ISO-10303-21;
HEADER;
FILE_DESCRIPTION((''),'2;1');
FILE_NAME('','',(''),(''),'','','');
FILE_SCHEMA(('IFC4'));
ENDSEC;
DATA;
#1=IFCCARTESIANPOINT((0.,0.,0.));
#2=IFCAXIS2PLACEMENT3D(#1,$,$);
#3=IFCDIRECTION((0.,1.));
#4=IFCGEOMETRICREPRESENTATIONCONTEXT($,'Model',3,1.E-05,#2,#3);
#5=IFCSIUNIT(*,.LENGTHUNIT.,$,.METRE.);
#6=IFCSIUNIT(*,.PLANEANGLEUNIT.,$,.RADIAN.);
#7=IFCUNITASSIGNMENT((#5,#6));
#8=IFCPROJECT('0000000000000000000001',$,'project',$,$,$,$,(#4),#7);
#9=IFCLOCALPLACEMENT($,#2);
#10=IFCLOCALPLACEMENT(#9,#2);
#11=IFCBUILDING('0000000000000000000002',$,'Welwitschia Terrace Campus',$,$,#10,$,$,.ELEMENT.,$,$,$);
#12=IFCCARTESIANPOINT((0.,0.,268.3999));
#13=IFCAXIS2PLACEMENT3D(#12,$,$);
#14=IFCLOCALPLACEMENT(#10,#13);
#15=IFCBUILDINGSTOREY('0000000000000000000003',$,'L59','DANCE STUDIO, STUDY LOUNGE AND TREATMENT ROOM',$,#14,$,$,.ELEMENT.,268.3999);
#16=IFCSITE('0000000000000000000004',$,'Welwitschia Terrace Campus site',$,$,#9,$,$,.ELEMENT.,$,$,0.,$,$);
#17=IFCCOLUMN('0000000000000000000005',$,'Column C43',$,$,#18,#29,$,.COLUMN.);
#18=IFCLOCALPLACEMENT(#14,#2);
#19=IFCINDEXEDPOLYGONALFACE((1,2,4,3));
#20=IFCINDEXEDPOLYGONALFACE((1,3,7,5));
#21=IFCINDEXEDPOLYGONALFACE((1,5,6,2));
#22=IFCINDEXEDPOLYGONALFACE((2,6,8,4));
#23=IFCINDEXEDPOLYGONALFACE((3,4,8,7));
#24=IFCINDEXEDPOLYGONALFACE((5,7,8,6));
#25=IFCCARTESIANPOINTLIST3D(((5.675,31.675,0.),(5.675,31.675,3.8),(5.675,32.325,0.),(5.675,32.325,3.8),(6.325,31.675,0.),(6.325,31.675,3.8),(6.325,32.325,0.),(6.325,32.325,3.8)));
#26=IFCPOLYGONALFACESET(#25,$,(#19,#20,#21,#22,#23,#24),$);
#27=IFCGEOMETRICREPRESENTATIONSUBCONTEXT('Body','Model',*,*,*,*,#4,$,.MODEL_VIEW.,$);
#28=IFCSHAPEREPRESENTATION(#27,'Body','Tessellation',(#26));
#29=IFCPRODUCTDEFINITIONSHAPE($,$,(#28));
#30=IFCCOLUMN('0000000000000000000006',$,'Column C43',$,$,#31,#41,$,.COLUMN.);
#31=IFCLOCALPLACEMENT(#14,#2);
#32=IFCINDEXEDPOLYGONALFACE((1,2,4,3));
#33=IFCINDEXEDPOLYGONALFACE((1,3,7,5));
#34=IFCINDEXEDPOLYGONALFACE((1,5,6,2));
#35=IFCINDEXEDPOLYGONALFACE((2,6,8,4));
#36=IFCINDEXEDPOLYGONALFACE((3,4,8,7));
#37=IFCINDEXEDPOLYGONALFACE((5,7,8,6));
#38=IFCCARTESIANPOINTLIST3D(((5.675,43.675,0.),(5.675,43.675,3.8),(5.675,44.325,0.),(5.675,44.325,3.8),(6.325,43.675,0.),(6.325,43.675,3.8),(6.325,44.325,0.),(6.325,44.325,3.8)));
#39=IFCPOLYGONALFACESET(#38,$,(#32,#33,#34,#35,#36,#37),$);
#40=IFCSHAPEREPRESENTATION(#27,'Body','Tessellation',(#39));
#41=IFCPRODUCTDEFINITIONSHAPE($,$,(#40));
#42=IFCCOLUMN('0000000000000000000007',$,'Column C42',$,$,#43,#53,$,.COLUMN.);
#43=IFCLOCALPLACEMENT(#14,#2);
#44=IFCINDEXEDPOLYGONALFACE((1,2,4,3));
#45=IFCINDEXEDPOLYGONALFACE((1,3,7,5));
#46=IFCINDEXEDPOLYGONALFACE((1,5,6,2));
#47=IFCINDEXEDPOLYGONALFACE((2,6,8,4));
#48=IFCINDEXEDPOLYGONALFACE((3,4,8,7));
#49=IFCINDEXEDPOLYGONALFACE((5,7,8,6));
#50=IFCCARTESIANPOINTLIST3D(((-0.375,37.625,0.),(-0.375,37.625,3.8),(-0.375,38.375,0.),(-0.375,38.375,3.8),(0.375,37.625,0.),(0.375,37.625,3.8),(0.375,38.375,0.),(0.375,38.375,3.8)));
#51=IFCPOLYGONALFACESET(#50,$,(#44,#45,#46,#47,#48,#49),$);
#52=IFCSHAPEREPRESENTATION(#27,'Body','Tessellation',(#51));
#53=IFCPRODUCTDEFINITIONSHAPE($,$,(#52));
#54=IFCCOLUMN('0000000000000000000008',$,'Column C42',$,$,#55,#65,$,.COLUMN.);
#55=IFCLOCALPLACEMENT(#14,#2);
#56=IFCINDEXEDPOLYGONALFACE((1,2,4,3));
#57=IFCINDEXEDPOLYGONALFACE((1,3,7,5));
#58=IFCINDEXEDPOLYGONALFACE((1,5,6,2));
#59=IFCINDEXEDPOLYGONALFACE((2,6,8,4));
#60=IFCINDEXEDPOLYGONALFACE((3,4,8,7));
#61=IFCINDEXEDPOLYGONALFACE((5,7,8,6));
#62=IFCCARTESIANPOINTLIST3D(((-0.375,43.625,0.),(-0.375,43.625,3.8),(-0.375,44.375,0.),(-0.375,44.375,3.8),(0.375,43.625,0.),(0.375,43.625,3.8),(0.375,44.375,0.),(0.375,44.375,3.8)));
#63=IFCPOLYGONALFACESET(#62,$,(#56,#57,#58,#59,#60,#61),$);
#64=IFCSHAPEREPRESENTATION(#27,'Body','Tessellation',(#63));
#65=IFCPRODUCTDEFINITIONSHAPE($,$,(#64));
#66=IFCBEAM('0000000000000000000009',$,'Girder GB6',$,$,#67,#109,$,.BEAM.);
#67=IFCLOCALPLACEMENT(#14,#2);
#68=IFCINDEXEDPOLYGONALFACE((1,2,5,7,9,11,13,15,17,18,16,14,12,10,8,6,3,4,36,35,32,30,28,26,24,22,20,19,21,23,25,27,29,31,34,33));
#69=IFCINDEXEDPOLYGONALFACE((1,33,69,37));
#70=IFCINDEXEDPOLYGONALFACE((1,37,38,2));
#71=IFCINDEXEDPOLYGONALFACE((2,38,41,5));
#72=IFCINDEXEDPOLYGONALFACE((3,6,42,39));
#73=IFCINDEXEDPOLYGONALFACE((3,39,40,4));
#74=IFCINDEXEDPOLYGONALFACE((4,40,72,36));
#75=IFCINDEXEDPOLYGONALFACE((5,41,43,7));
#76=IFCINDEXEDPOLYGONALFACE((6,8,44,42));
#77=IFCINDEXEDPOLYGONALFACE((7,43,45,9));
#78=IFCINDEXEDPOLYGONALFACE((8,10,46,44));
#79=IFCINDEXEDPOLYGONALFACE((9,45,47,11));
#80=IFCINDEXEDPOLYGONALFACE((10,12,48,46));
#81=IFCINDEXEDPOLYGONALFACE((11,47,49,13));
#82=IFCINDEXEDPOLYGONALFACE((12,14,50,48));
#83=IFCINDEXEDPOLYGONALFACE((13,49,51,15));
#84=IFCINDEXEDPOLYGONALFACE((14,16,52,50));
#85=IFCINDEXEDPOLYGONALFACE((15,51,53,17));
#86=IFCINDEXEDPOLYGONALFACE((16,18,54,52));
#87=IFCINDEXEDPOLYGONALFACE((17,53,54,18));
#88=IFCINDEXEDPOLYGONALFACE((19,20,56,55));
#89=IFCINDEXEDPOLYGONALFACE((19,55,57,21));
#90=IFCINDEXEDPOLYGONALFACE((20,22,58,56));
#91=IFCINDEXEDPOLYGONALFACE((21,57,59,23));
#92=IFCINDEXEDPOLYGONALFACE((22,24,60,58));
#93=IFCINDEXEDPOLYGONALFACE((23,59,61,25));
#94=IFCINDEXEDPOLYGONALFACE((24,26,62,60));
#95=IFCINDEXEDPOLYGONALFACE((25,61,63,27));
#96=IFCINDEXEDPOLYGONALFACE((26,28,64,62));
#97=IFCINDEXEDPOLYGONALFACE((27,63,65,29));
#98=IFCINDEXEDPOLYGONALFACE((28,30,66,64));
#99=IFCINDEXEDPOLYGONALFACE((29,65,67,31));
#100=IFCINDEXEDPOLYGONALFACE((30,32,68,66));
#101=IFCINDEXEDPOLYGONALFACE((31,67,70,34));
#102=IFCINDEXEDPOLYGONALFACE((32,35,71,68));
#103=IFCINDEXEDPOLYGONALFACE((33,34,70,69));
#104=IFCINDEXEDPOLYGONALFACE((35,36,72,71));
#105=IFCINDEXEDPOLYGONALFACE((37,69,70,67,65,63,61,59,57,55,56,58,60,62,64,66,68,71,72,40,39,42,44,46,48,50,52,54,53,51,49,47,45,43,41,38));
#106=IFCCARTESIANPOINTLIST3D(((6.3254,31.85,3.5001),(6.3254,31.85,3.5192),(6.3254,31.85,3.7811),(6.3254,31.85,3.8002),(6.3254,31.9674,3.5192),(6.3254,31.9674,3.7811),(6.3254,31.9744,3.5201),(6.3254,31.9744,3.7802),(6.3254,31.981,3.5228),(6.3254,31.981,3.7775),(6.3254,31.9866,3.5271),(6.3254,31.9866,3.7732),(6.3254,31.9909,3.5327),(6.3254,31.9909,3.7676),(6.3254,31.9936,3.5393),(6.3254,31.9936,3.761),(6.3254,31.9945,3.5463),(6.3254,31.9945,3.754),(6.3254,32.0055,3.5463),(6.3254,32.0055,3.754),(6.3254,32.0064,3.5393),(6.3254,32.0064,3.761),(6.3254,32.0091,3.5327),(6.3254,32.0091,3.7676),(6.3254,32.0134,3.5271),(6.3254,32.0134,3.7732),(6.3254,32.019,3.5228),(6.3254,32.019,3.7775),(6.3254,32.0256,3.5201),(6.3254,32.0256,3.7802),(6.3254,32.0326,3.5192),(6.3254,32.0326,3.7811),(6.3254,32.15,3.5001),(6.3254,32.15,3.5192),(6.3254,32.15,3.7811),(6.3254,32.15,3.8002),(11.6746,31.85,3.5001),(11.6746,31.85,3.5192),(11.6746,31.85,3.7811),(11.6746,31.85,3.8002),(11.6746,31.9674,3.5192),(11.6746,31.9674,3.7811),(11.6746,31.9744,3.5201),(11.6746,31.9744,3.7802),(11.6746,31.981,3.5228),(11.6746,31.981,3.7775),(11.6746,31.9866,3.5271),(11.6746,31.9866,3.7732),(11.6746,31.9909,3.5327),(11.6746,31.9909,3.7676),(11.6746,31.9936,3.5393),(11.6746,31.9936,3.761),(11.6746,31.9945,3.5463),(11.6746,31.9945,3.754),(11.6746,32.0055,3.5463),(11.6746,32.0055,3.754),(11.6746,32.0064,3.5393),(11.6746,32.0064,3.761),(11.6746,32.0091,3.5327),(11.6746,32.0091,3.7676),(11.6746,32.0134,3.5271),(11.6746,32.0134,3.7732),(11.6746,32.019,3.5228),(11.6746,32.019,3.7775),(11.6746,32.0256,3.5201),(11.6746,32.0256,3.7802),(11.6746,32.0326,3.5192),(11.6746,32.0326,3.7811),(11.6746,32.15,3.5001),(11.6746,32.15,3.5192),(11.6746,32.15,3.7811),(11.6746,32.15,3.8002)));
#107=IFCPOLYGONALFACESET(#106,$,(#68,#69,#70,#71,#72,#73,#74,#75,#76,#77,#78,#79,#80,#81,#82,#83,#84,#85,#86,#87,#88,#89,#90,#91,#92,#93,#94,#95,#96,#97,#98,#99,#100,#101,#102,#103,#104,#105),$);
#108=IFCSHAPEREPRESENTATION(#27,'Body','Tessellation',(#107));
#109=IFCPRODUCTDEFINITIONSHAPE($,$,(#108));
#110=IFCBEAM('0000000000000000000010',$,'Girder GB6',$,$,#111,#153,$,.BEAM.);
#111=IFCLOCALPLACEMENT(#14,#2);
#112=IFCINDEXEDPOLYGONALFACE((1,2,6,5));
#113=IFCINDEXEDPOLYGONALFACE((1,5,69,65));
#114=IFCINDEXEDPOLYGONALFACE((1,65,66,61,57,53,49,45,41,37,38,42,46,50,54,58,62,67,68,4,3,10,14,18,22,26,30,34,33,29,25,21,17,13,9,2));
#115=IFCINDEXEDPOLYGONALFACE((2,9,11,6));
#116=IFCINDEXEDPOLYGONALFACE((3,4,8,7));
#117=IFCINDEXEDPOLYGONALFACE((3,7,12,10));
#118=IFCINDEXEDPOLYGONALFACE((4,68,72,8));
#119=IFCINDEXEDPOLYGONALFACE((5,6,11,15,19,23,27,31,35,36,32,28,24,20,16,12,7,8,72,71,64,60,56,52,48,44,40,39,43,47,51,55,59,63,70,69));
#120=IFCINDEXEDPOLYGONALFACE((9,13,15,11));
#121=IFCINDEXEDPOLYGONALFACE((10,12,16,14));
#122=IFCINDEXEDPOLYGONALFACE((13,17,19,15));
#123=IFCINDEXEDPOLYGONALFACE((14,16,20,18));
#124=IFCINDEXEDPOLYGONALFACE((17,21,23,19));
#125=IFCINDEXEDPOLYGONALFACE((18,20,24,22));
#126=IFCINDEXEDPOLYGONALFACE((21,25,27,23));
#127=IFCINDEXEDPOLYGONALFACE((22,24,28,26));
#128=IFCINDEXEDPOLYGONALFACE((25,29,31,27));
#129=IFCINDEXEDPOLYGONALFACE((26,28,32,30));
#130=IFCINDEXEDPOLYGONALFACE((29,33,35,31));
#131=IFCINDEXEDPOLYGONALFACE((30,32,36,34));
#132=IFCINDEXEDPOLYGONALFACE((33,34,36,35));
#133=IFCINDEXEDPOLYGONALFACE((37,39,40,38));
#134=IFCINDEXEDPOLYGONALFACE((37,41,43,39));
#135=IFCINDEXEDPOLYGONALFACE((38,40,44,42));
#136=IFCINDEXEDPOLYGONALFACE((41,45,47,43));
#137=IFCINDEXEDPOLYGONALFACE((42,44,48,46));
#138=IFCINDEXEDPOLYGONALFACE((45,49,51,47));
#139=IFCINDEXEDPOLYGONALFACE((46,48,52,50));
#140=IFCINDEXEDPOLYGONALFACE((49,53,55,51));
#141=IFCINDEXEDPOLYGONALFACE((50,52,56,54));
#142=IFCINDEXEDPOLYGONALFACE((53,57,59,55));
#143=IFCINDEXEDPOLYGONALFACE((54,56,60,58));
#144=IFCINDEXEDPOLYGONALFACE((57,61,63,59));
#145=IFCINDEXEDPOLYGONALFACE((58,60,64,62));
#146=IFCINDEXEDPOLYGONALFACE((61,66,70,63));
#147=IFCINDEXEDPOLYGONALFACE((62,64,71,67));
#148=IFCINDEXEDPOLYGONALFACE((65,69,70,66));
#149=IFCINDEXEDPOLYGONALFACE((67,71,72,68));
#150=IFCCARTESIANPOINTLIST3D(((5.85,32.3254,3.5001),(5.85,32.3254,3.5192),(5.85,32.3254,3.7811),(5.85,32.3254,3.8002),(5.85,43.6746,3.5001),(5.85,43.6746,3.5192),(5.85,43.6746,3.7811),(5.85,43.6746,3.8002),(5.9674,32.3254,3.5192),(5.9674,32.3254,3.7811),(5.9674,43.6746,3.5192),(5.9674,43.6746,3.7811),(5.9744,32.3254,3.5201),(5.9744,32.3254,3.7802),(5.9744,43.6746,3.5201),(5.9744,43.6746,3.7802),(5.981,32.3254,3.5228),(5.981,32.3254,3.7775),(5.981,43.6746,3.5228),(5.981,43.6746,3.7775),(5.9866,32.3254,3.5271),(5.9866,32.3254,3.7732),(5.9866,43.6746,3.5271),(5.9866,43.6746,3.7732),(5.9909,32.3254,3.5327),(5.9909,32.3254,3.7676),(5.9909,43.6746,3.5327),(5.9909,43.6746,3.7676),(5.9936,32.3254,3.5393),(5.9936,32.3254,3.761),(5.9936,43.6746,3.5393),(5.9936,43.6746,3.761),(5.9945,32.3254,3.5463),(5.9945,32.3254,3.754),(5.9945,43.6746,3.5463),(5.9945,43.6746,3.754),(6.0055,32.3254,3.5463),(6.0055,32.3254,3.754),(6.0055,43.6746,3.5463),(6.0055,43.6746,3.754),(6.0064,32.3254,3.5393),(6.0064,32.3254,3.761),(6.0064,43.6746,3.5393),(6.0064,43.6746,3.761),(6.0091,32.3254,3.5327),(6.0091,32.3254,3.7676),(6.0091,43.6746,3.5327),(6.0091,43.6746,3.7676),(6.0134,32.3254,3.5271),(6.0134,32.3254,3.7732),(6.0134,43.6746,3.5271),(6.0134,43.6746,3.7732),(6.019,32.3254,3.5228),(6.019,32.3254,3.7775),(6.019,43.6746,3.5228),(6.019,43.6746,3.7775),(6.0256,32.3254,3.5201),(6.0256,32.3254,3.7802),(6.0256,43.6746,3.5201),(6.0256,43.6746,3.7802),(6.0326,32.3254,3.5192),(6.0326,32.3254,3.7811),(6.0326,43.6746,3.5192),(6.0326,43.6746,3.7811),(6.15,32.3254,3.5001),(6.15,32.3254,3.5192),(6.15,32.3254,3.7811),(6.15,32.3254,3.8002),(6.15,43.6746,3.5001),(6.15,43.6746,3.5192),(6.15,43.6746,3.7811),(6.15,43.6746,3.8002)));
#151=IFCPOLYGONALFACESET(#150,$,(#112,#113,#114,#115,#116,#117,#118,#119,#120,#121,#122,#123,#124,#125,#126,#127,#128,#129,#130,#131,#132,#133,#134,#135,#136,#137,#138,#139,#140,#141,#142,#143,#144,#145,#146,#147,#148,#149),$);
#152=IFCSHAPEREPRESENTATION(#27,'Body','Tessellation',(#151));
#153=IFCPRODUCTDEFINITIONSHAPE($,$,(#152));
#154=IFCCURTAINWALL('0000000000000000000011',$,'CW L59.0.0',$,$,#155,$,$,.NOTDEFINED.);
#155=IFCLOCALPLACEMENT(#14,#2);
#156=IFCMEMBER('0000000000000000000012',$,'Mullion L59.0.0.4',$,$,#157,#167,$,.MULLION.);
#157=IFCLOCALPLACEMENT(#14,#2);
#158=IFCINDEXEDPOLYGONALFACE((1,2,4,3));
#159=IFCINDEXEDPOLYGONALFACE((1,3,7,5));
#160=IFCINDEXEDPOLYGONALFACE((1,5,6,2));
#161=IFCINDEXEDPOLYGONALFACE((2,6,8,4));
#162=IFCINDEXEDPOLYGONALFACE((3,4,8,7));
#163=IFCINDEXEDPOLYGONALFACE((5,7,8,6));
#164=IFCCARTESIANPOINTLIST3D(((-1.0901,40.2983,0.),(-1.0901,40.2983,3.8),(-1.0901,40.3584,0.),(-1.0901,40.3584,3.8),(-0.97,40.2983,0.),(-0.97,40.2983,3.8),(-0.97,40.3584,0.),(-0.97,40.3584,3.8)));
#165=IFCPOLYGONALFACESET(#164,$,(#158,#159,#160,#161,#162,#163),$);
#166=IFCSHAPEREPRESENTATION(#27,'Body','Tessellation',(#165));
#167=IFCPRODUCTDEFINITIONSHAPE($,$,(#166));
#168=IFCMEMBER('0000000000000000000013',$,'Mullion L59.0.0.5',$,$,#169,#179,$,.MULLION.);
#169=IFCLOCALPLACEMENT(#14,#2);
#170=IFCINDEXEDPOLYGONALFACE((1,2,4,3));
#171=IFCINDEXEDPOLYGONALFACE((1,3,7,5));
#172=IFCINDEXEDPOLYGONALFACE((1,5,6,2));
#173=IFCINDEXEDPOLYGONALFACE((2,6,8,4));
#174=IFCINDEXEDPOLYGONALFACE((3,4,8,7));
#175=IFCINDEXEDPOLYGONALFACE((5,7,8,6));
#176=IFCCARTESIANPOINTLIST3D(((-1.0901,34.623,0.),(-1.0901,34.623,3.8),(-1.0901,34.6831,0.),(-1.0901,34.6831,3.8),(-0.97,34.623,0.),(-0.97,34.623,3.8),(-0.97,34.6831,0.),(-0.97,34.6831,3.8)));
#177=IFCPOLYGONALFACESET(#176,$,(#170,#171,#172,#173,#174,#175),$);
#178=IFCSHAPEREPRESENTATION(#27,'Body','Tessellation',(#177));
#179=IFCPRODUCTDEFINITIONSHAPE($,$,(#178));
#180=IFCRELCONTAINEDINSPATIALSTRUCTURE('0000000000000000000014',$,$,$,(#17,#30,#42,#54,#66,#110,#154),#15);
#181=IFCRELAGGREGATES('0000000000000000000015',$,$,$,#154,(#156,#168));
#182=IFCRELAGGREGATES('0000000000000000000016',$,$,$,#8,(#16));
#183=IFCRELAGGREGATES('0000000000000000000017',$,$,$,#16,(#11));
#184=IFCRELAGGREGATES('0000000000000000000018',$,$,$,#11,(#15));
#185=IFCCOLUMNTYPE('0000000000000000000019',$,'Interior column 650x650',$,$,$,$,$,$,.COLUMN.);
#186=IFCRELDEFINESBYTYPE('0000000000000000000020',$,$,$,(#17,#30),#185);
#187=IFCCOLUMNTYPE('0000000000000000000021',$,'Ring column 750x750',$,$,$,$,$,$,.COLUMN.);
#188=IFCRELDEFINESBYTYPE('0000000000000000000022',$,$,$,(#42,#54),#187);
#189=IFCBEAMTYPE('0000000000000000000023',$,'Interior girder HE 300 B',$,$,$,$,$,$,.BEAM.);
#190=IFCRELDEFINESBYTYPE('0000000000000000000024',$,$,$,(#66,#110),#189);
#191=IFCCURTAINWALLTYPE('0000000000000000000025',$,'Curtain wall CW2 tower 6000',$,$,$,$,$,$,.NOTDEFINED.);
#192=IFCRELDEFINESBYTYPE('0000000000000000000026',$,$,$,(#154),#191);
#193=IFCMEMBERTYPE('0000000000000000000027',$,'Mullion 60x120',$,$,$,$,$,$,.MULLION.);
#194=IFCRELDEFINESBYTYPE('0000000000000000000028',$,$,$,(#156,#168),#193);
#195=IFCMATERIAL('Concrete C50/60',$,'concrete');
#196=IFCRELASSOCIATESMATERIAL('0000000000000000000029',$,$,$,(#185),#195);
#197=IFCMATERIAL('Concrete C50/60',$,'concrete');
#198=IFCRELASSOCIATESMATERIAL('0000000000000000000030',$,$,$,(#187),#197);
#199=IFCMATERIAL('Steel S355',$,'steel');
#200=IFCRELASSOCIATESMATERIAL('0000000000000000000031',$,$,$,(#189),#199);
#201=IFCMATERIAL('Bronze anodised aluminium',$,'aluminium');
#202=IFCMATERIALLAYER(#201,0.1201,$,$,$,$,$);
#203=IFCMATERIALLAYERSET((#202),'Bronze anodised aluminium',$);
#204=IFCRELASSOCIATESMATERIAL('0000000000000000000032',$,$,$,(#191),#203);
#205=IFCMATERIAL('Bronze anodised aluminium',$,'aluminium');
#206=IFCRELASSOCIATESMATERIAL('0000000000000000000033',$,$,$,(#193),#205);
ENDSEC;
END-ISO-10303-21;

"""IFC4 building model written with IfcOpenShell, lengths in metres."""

from ifc_helpers import new_model, si_unit, direction, frame, origin, origin_2d, place, context, subcontext, project, spatial, rectangle, i_section, extrude, material, layer, layer_set, material_profile, profile_set, type_object, element, aggregate, save


model = new_model("IFC4")

# Units and contexts
model_context = context("Model", 3, precision=1e-05, world=origin(), true_north=direction((0.0, 1.0)))
body_context = subcontext(model_context, "Body", "Model", "MODEL_VIEW")
ifc_project = project(units=[si_unit("LENGTHUNIT", "METRE"), si_unit("PLANEANGLEUNIT", "RADIAN")], contexts=[model_context])

# Site, building, storey
site_placement = place(None, origin())
site = spatial("IfcSite", under=ifc_project, at=site_placement, Name="Welwitschia Terrace Campus site", CompositionType="ELEMENT", RefElevation=0.0)
building_placement = place(site_placement, origin())
building = spatial("IfcBuilding", under=site, at=building_placement, Name="Welwitschia Terrace Campus", CompositionType="ELEMENT")
storey_placement = place(building_placement, frame((0.0, 0.0, 268.3999)))
storey = spatial("IfcBuildingStorey", under=building, at=storey_placement, Name="L59", Description="DANCE STUDIO, STUDY LOUNGE AND TREATMENT ROOM", CompositionType="ELEMENT", Elevation=268.3999)

# Columns
ifc_material_1 = material(Name="Concrete C50/60", Category="concrete")
ifc_material_profile_1 = material_profile(ifc_material_1, rectangle(XDim=0.6499, YDim=0.6499, at=origin_2d()))
ifc_profile_set_1 = profile_set([ifc_material_profile_1], Name="Concrete C50/60")
column_type_1 = type_object("IfcColumnType", Name="Interior column 650x650", PredefinedType="COLUMN", material=ifc_profile_set_1)
for number, where, z_axis, x_axis, name in (
    (1, (6.0, 32.0, 0.0), (0.0, 0.0, 1.0), (1.0, 0.0, 0.0), "Column C43"),
    (2, (6.0, 44.0, 0.0), (0.0, 0.0, 1.0), (1.0, 0.0, 0.0), "Column C43"),
):
    element("IfcColumn", number, at=place(storey_placement, frame(where, z_axis=z_axis, x_axis=x_axis)), inside=storey, type_object=column_type_1, Name=name, PredefinedType="COLUMN", context=body_context, shape_type="SweptSolid", body=[
        extrude(rectangle(XDim=0.6499, YDim=0.6499, at=origin_2d()), origin(), (0.0, 0.0, 1.0), 3.8),
    ])
ifc_material_2 = material(Name="Concrete C50/60", Category="concrete")
ifc_material_profile_2 = material_profile(ifc_material_2, rectangle(XDim=0.75, YDim=0.75, at=origin_2d()))
ifc_profile_set_2 = profile_set([ifc_material_profile_2], Name="Concrete C50/60")
column_type_2 = type_object("IfcColumnType", Name="Ring column 750x750", PredefinedType="COLUMN", material=ifc_profile_set_2)
for number, where, z_axis, x_axis, name in (
    (3, (0.0, 38.0, 0.0), (0.0, 0.0, 1.0), (1.0, 0.0, 0.0), "Column C42"),
    (4, (0.0, 44.0, 0.0), (0.0, 0.0, 1.0), (1.0, 0.0, 0.0), "Column C42"),
):
    element("IfcColumn", number, at=place(storey_placement, frame(where, z_axis=z_axis, x_axis=x_axis)), inside=storey, type_object=column_type_2, Name=name, PredefinedType="COLUMN", context=body_context, shape_type="SweptSolid", body=[
        extrude(rectangle(XDim=0.75, YDim=0.75, at=origin_2d()), origin(), (0.0, 0.0, 1.0), 3.8),
    ])

# Beams
ifc_material_3 = material(Name="Steel S355", Category="steel")
ifc_material_profile_3 = material_profile(ifc_material_3, i_section(OverallWidth=0.3, OverallDepth=0.3, WebThickness=0.011, FlangeThickness=0.019, FilletRadius=0.0271, at=origin_2d()))
ifc_profile_set_3 = profile_set([ifc_material_profile_3], Name="Steel S355")
beam_type_1 = type_object("IfcBeamType", Name="Interior girder HE 300 B", PredefinedType="BEAM", material=ifc_profile_set_3)
beam_1_placement = place(storey_placement, frame((6.3254, 32.0, 3.6501), z_axis=(1.0, 0.0, 0.0), x_axis=(0.0, 1.0, 0.0)))
element("IfcBeam", 5, at=beam_1_placement, inside=storey, type_object=beam_type_1, Name="Girder GB6", PredefinedType="BEAM", context=body_context, shape_type="SweptSolid", body=[
    extrude(i_section(OverallWidth=0.3, OverallDepth=0.3, WebThickness=0.011, FlangeThickness=0.019, FilletRadius=0.0271, at=origin_2d()), origin(), (0.0, 0.0, 1.0), 5.3491),
])
beam_2_placement = place(storey_placement, frame((6.0, 32.3254, 3.6501), z_axis=(0.0, 1.0, 0.0), x_axis=(-1.0, 0.0, 0.0)))
element("IfcBeam", 6, at=beam_2_placement, inside=storey, type_object=beam_type_1, Name="Girder GB6", PredefinedType="BEAM", context=body_context, shape_type="SweptSolid", body=[
    extrude(i_section(OverallWidth=0.3, OverallDepth=0.3, WebThickness=0.011, FlangeThickness=0.019, FilletRadius=0.0271, at=origin_2d()), origin(), (0.0, 0.0, 1.0), 11.3491),
])

# Curtain wall, members
ifc_material_4 = material(Name="Bronze anodised aluminium", Category="aluminium")
ifc_layer_1 = layer(ifc_material_4, 0.1201)
ifc_layer_set_1 = layer_set([ifc_layer_1], Name="Bronze anodised aluminium")
curtain_wall_type = type_object("IfcCurtainWallType", Name="Curtain wall CW2 tower 6000", PredefinedType="NOTDEFINED", material=ifc_layer_set_1)
curtain_wall_placement = place(storey_placement, origin())
curtain_wall = element("IfcCurtainWall", 7, at=curtain_wall_placement, inside=storey, type_object=curtain_wall_type, Name="CW L59.0.0", PredefinedType="NOTDEFINED")
ifc_material_5 = material(Name="Bronze anodised aluminium", Category="aluminium")
ifc_material_profile_4 = material_profile(ifc_material_5, rectangle(XDim=0.1201, YDim=0.0601, at=origin_2d()))
ifc_profile_set_4 = profile_set([ifc_material_profile_4], Name="Bronze anodised aluminium")
member_type = type_object("IfcMemberType", Name="Mullion 60x120", PredefinedType="MULLION", material=ifc_profile_set_4)
member_1_placement = place(storey_placement, frame((-1.03, 40.3284, 0.0), z_axis=(0.0, 0.0, 1.0), x_axis=(1.0, 0.0, 0.0)))
member_1 = element("IfcMember", 8, at=member_1_placement, type_object=member_type, Name="Mullion L59.0.0.4", PredefinedType="MULLION", context=body_context, shape_type="SweptSolid", body=[
    extrude(rectangle(XDim=0.1201, YDim=0.0601, at=origin_2d()), origin(), (0.0, 0.0, 1.0), 3.8),
])
member_2_placement = place(storey_placement, frame((-1.03, 34.6531, 0.0), z_axis=(0.0, 0.0, 1.0), x_axis=(1.0, 0.0, 0.0)))
member_2 = element("IfcMember", 9, at=member_2_placement, type_object=member_type, Name="Mullion L59.0.0.5", PredefinedType="MULLION", context=body_context, shape_type="SweptSolid", body=[
    extrude(rectangle(XDim=0.1201, YDim=0.0601, at=origin_2d()), origin(), (0.0, 0.0, 1.0), 3.8),
])

aggregate(curtain_wall, [member_1, member_2])

save(model, "model.ifc")
